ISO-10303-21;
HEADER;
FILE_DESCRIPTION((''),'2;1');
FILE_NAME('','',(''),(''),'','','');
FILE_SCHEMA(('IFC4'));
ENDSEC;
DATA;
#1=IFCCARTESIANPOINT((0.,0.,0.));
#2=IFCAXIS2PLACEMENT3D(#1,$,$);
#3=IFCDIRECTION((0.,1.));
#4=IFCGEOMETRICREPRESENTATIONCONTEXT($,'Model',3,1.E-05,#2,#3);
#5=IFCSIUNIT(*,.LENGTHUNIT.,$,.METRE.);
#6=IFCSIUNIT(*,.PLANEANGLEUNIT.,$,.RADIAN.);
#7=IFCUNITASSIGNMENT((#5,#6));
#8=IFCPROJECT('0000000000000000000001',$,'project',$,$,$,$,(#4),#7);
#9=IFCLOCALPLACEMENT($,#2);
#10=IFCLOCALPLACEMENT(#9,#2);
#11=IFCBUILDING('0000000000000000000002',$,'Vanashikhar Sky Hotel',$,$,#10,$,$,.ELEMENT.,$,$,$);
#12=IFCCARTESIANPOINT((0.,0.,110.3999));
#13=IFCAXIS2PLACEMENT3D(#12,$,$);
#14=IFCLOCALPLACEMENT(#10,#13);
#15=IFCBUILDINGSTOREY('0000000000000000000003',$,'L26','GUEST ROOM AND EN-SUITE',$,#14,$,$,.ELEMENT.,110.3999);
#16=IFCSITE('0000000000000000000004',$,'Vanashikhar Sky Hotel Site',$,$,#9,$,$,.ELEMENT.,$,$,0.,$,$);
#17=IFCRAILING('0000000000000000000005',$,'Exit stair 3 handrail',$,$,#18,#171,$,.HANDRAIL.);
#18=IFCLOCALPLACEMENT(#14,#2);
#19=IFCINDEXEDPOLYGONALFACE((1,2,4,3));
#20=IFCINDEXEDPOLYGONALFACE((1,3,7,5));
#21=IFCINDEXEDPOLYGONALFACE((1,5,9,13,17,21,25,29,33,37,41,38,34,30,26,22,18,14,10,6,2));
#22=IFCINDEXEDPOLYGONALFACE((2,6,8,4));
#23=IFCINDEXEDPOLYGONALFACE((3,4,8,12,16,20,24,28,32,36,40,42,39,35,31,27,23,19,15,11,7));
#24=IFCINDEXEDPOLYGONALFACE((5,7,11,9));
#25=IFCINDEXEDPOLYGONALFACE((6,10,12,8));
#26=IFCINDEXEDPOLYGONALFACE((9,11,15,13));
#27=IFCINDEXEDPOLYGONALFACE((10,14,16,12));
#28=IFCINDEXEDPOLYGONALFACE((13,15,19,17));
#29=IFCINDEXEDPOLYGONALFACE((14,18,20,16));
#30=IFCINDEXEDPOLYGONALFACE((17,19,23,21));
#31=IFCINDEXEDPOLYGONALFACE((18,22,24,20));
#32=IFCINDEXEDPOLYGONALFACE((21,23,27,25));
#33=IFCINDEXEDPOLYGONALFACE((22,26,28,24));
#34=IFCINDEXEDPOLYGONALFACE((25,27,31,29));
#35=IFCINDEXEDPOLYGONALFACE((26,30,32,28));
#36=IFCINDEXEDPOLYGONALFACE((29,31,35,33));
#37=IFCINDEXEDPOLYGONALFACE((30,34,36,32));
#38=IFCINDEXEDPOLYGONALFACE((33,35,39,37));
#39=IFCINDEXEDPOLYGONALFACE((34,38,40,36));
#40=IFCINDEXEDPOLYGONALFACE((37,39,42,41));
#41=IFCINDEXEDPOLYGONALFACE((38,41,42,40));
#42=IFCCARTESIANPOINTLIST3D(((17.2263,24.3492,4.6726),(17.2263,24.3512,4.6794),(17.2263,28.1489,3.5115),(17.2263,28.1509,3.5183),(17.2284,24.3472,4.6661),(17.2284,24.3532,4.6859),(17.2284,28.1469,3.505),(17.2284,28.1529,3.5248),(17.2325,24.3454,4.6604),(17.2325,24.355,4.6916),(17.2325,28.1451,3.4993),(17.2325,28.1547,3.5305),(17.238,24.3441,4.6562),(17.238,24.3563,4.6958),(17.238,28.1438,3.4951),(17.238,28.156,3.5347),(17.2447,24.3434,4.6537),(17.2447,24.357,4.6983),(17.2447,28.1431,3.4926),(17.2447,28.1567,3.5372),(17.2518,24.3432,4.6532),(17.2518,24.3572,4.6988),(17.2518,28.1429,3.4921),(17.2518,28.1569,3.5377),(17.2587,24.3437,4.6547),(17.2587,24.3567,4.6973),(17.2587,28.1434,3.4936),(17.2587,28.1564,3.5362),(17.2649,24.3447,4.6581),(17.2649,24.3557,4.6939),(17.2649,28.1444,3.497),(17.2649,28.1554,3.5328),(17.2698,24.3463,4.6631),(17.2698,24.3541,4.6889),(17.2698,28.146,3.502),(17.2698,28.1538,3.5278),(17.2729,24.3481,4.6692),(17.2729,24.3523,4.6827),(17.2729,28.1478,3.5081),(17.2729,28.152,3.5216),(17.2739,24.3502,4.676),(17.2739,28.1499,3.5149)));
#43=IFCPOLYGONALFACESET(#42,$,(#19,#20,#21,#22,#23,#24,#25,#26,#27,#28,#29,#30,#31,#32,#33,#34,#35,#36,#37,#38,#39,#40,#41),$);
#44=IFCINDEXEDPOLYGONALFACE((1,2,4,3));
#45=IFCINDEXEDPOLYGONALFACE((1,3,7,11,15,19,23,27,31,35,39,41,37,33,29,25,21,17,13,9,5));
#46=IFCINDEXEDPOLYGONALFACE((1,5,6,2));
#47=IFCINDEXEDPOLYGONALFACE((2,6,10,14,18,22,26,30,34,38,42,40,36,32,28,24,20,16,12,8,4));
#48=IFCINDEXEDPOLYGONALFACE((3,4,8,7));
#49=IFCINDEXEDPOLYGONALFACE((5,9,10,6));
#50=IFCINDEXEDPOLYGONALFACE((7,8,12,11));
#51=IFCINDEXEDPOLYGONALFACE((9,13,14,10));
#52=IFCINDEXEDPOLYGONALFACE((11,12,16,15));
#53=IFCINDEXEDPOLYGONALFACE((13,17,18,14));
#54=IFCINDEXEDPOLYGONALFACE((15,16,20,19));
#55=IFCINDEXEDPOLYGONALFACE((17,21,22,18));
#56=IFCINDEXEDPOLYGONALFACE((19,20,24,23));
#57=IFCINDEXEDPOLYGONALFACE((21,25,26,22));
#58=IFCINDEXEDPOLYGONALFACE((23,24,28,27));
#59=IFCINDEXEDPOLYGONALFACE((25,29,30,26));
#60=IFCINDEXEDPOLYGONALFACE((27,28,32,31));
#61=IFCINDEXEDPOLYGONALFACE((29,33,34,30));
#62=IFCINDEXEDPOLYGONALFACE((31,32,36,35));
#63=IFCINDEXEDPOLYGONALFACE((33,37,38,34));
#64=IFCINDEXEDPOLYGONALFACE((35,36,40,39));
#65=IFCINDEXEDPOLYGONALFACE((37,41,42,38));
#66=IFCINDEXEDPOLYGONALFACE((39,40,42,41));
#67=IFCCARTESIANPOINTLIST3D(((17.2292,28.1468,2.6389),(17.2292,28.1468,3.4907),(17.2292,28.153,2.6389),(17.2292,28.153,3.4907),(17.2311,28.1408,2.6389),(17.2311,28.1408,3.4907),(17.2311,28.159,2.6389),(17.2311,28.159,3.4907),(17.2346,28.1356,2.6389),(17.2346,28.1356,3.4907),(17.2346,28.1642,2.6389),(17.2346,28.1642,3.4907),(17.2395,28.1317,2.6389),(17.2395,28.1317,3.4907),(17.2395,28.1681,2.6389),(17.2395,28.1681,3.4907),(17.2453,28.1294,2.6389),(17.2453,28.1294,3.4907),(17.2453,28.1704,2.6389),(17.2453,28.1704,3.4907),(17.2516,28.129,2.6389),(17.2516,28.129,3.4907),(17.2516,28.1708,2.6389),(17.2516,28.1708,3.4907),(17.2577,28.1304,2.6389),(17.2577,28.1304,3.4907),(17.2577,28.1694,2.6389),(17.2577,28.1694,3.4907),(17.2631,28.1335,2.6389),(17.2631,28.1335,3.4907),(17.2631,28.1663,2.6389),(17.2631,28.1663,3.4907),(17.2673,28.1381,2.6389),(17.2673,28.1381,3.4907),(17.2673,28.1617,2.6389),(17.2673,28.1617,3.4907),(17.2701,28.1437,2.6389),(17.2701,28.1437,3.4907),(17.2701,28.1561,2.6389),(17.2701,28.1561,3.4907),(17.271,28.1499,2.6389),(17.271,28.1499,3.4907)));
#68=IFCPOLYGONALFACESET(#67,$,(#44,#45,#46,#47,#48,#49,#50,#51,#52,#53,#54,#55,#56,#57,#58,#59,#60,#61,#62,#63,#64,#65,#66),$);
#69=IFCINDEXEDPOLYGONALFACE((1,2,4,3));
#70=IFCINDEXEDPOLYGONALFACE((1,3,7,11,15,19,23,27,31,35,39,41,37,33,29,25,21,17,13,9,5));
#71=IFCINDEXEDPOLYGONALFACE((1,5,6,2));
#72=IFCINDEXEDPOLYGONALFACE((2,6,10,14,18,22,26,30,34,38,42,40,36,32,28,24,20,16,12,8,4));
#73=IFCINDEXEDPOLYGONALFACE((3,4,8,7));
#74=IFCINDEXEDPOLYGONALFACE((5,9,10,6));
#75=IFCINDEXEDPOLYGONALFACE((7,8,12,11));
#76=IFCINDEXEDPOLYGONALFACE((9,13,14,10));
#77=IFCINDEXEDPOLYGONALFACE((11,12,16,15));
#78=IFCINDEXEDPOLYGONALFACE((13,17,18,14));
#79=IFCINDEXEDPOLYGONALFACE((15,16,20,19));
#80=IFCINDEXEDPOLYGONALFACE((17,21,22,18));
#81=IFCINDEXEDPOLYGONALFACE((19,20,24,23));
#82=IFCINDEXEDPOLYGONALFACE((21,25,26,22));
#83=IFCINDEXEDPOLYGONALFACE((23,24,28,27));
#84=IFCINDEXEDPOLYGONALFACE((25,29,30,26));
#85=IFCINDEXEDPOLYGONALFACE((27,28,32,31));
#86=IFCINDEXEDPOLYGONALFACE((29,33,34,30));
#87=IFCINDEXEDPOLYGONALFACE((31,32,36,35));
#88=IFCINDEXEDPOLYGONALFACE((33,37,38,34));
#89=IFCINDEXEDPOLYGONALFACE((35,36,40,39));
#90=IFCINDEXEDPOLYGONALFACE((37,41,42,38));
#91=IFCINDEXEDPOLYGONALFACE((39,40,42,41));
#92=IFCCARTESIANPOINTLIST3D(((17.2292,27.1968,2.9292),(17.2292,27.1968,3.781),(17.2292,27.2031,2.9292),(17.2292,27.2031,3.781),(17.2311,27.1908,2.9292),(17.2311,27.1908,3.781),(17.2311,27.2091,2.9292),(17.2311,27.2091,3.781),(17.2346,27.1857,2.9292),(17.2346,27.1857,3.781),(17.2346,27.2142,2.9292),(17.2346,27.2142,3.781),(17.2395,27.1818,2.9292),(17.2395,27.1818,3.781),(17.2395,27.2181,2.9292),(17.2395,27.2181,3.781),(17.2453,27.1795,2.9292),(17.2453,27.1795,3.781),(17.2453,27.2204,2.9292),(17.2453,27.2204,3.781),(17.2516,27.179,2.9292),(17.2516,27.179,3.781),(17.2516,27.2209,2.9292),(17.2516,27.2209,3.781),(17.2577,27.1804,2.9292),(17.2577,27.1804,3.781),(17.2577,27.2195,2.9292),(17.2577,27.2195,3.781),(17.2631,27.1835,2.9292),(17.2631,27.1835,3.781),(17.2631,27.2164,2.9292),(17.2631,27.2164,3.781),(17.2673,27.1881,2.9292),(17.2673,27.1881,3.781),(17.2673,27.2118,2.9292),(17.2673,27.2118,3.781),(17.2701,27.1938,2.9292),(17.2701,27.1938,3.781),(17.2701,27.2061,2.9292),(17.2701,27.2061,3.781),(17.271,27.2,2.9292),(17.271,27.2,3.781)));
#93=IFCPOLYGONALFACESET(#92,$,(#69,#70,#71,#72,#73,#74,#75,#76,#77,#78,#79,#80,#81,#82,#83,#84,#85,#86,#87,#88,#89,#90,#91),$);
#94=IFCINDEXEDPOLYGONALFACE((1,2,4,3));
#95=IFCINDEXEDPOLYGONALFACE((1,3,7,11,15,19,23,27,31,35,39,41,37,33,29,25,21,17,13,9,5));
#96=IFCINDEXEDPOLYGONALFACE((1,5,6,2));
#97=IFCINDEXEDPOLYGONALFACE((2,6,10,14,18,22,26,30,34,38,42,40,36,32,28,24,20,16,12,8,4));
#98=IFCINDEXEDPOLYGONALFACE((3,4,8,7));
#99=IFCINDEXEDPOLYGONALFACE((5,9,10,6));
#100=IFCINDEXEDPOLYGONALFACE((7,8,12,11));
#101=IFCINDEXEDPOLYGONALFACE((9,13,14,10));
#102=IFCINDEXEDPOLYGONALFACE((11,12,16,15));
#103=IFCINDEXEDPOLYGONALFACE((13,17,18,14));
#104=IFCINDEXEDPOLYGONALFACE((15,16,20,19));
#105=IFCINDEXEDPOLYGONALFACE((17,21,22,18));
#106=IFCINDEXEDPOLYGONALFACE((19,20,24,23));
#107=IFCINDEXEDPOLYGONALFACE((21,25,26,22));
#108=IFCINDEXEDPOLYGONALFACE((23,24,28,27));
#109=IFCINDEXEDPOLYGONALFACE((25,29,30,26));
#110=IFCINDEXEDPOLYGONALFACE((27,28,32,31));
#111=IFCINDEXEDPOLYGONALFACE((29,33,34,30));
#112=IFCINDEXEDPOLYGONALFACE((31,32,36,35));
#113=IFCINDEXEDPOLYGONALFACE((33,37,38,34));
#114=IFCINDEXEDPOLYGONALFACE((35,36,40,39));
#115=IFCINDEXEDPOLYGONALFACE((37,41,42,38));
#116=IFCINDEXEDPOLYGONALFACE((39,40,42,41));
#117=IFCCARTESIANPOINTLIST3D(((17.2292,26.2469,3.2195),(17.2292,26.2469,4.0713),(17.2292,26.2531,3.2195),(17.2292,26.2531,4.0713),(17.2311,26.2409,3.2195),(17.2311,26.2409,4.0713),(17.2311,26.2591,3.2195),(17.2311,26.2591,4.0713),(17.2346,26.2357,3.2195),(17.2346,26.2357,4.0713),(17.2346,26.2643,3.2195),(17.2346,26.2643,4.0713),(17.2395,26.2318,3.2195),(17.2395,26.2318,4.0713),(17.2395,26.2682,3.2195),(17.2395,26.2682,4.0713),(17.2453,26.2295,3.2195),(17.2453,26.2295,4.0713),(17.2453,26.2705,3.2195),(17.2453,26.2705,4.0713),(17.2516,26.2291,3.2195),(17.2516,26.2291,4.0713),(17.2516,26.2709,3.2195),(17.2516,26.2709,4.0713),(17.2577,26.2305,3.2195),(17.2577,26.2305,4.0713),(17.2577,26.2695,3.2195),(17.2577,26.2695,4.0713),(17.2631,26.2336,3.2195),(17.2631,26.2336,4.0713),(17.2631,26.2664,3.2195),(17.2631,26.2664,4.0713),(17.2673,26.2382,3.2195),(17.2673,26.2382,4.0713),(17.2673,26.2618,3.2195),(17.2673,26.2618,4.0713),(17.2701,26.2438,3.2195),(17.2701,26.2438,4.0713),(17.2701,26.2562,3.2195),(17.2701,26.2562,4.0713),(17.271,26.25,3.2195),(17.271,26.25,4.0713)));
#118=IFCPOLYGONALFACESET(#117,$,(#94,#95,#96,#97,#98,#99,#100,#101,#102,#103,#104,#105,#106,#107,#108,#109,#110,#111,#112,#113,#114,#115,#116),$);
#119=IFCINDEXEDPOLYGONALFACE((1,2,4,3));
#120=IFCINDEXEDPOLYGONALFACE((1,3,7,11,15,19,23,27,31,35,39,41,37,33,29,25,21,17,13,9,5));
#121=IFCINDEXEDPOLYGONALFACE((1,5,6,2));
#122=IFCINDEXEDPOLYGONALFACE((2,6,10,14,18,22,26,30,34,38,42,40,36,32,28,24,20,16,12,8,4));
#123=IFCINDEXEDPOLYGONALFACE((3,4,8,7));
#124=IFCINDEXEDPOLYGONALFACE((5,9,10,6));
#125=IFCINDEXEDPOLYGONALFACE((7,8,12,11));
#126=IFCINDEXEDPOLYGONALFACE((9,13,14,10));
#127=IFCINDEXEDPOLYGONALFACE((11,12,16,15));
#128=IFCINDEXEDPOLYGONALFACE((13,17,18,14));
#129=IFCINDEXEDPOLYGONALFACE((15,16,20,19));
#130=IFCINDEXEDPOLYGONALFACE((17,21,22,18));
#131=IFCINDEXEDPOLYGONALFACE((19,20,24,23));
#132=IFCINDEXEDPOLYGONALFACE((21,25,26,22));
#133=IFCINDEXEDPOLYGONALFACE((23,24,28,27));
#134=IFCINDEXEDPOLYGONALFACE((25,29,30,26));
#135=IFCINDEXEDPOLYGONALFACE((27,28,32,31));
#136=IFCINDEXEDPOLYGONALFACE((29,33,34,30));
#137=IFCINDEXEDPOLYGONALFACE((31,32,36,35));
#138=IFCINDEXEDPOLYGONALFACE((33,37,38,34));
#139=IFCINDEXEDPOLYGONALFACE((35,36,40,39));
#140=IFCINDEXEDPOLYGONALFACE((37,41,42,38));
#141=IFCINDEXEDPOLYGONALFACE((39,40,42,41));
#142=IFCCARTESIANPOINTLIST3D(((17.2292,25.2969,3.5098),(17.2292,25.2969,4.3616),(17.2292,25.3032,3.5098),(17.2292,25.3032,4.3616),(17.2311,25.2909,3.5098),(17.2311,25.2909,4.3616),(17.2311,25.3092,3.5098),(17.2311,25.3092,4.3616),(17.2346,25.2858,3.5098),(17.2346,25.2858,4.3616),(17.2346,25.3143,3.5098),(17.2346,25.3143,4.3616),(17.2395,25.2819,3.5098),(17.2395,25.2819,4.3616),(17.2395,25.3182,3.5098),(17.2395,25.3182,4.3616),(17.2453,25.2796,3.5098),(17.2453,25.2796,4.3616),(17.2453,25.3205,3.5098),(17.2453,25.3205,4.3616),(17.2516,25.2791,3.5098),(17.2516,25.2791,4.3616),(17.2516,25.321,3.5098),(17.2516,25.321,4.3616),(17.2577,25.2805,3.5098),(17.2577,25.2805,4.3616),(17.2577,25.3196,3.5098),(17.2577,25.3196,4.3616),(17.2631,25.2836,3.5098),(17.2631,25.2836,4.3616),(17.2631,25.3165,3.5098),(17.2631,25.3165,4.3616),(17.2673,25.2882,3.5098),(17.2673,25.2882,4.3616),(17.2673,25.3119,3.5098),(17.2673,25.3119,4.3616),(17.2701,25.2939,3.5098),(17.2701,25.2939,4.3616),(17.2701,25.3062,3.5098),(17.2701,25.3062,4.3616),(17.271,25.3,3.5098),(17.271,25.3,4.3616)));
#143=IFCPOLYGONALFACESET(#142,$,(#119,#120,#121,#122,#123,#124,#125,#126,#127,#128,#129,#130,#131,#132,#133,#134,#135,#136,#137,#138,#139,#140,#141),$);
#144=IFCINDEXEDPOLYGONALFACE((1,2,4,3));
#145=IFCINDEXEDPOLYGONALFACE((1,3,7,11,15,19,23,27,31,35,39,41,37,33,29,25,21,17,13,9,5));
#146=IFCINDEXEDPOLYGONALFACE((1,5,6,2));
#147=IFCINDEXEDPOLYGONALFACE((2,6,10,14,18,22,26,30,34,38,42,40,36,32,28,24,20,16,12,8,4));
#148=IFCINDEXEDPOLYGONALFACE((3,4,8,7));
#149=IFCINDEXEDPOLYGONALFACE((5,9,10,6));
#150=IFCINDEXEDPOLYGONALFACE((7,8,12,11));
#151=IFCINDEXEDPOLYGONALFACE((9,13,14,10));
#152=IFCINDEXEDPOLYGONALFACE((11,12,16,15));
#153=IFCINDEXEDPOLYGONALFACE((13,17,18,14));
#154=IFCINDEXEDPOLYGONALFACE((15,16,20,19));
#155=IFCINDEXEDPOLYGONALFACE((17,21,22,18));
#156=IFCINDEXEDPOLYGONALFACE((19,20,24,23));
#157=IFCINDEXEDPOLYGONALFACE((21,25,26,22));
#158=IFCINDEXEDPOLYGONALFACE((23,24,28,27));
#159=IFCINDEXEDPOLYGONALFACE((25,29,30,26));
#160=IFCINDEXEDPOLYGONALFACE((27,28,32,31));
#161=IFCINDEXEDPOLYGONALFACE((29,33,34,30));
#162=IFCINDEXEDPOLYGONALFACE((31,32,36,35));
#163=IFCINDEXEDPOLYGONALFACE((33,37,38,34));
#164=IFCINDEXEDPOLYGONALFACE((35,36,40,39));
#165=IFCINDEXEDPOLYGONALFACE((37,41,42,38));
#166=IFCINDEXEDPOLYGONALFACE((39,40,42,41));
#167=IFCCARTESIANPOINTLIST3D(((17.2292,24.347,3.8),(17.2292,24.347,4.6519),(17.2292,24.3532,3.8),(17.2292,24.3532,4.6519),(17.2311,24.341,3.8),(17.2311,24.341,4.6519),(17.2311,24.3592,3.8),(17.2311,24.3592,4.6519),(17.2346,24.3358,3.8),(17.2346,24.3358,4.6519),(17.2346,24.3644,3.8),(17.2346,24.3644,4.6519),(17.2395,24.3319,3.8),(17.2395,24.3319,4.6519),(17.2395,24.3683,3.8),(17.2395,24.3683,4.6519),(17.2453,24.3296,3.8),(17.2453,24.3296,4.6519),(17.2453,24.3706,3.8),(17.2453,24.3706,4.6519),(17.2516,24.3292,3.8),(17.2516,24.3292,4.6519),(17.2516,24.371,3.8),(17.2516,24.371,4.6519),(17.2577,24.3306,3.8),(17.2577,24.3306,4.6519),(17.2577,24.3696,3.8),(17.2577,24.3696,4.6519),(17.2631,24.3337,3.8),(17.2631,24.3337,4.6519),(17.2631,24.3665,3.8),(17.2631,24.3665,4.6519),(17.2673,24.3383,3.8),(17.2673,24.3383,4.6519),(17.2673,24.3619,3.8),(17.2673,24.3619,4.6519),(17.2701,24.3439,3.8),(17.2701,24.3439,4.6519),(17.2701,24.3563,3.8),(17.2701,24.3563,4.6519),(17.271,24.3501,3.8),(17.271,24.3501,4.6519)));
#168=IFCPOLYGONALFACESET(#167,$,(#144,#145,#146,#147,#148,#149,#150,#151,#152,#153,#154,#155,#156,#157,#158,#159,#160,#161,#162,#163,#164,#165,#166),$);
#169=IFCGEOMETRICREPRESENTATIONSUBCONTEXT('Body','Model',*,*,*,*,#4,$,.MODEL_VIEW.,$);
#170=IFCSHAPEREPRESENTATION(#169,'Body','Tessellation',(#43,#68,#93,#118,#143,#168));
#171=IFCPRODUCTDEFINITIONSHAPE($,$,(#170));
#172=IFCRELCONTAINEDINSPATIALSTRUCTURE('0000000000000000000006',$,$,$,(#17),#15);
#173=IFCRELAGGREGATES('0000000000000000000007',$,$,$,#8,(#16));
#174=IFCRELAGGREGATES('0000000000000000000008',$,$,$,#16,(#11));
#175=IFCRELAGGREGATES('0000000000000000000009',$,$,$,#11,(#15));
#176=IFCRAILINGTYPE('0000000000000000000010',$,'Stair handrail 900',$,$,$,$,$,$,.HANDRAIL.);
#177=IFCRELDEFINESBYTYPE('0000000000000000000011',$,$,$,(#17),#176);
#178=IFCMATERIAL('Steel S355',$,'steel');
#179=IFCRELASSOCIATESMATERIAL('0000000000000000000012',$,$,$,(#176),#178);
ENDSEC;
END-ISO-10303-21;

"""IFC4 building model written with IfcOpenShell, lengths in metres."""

from ifc_helpers import new_model, si_unit, direction, frame, origin, origin_2d, place, context, subcontext, project, spatial, circle, extrude, source, transform, mapped, material, type_object, element, save


model = new_model("IFC4")

# Units and contexts
model_context = context("Model", 3, precision=1e-05, world=origin(), true_north=direction((0.0, 1.0)))
body_context = subcontext(model_context, "Body", "Model", "MODEL_VIEW")
ifc_project = project(units=[si_unit("LENGTHUNIT", "METRE"), si_unit("PLANEANGLEUNIT", "RADIAN")], contexts=[model_context])

# Site, building, storey
site_placement = place(None, origin())
site = spatial("IfcSite", under=ifc_project, at=site_placement, Name="Vanashikhar Sky Hotel Site", CompositionType="ELEMENT", RefElevation=0.0)
building_placement = place(site_placement, origin())
building = spatial("IfcBuilding", under=site, at=building_placement, Name="Vanashikhar Sky Hotel", CompositionType="ELEMENT")
storey_placement = place(building_placement, frame((0.0, 0.0, 110.3999)))
storey = spatial("IfcBuildingStorey", under=building, at=storey_placement, Name="L26", Description="GUEST ROOM AND EN-SUITE", CompositionType="ELEMENT", Elevation=110.3999)

# Railing
ifc_material_1 = material(Name="Steel S355", Category="steel")
railing_type = type_object("IfcRailingType", Name="Stair handrail 900", PredefinedType="HANDRAIL", material=ifc_material_1)
shared_shape_1 = source(origin(), body_context, "Body", "SweptSolid", [
    extrude(circle(Radius=0.0239, at=origin_2d()), frame((0.0, 0.0, 0.876), z_axis=(0.0, -0.956346, 0.292237), x_axis=(1.0, 0.0, 0.0)), (0.0, 0.0, 1.0), 3.9731),
    extrude(circle(Radius=0.021, at=origin_2d()), origin(), (0.0, 0.0, 1.0), 0.8518),
    extrude(circle(Radius=0.021, at=origin_2d()), frame((0.0, -0.95, 0.2903)), (0.0, 0.0, 1.0), 0.8518),
    extrude(circle(Radius=0.021, at=origin_2d()), frame((0.0, -1.8999, 0.5806)), (0.0, 0.0, 1.0), 0.8518),
    extrude(circle(Radius=0.021, at=origin_2d()), frame((0.0, -2.8499, 0.8708)), (0.0, 0.0, 1.0), 0.8518),
    extrude(circle(Radius=0.021, at=origin_2d()), frame((0.0, -3.7998, 1.1611)), (0.0, 0.0, 1.0), 0.8518),
])
for number, where, name in (
    (1, (17.25, 28.1499, 2.6389), "Exit stair 3 handrail"),
):
    element("IfcRailing", number, at=place(storey_placement, frame(where)), inside=storey, type_object=railing_type, Name=name, PredefinedType="HANDRAIL", context=body_context, shape_type="MappedRepresentation", body=[
        mapped(shared_shape_1, transform((0.0, 0.0, 0.0), scale=1.0)),
    ])

save(model, "model.ifc")
